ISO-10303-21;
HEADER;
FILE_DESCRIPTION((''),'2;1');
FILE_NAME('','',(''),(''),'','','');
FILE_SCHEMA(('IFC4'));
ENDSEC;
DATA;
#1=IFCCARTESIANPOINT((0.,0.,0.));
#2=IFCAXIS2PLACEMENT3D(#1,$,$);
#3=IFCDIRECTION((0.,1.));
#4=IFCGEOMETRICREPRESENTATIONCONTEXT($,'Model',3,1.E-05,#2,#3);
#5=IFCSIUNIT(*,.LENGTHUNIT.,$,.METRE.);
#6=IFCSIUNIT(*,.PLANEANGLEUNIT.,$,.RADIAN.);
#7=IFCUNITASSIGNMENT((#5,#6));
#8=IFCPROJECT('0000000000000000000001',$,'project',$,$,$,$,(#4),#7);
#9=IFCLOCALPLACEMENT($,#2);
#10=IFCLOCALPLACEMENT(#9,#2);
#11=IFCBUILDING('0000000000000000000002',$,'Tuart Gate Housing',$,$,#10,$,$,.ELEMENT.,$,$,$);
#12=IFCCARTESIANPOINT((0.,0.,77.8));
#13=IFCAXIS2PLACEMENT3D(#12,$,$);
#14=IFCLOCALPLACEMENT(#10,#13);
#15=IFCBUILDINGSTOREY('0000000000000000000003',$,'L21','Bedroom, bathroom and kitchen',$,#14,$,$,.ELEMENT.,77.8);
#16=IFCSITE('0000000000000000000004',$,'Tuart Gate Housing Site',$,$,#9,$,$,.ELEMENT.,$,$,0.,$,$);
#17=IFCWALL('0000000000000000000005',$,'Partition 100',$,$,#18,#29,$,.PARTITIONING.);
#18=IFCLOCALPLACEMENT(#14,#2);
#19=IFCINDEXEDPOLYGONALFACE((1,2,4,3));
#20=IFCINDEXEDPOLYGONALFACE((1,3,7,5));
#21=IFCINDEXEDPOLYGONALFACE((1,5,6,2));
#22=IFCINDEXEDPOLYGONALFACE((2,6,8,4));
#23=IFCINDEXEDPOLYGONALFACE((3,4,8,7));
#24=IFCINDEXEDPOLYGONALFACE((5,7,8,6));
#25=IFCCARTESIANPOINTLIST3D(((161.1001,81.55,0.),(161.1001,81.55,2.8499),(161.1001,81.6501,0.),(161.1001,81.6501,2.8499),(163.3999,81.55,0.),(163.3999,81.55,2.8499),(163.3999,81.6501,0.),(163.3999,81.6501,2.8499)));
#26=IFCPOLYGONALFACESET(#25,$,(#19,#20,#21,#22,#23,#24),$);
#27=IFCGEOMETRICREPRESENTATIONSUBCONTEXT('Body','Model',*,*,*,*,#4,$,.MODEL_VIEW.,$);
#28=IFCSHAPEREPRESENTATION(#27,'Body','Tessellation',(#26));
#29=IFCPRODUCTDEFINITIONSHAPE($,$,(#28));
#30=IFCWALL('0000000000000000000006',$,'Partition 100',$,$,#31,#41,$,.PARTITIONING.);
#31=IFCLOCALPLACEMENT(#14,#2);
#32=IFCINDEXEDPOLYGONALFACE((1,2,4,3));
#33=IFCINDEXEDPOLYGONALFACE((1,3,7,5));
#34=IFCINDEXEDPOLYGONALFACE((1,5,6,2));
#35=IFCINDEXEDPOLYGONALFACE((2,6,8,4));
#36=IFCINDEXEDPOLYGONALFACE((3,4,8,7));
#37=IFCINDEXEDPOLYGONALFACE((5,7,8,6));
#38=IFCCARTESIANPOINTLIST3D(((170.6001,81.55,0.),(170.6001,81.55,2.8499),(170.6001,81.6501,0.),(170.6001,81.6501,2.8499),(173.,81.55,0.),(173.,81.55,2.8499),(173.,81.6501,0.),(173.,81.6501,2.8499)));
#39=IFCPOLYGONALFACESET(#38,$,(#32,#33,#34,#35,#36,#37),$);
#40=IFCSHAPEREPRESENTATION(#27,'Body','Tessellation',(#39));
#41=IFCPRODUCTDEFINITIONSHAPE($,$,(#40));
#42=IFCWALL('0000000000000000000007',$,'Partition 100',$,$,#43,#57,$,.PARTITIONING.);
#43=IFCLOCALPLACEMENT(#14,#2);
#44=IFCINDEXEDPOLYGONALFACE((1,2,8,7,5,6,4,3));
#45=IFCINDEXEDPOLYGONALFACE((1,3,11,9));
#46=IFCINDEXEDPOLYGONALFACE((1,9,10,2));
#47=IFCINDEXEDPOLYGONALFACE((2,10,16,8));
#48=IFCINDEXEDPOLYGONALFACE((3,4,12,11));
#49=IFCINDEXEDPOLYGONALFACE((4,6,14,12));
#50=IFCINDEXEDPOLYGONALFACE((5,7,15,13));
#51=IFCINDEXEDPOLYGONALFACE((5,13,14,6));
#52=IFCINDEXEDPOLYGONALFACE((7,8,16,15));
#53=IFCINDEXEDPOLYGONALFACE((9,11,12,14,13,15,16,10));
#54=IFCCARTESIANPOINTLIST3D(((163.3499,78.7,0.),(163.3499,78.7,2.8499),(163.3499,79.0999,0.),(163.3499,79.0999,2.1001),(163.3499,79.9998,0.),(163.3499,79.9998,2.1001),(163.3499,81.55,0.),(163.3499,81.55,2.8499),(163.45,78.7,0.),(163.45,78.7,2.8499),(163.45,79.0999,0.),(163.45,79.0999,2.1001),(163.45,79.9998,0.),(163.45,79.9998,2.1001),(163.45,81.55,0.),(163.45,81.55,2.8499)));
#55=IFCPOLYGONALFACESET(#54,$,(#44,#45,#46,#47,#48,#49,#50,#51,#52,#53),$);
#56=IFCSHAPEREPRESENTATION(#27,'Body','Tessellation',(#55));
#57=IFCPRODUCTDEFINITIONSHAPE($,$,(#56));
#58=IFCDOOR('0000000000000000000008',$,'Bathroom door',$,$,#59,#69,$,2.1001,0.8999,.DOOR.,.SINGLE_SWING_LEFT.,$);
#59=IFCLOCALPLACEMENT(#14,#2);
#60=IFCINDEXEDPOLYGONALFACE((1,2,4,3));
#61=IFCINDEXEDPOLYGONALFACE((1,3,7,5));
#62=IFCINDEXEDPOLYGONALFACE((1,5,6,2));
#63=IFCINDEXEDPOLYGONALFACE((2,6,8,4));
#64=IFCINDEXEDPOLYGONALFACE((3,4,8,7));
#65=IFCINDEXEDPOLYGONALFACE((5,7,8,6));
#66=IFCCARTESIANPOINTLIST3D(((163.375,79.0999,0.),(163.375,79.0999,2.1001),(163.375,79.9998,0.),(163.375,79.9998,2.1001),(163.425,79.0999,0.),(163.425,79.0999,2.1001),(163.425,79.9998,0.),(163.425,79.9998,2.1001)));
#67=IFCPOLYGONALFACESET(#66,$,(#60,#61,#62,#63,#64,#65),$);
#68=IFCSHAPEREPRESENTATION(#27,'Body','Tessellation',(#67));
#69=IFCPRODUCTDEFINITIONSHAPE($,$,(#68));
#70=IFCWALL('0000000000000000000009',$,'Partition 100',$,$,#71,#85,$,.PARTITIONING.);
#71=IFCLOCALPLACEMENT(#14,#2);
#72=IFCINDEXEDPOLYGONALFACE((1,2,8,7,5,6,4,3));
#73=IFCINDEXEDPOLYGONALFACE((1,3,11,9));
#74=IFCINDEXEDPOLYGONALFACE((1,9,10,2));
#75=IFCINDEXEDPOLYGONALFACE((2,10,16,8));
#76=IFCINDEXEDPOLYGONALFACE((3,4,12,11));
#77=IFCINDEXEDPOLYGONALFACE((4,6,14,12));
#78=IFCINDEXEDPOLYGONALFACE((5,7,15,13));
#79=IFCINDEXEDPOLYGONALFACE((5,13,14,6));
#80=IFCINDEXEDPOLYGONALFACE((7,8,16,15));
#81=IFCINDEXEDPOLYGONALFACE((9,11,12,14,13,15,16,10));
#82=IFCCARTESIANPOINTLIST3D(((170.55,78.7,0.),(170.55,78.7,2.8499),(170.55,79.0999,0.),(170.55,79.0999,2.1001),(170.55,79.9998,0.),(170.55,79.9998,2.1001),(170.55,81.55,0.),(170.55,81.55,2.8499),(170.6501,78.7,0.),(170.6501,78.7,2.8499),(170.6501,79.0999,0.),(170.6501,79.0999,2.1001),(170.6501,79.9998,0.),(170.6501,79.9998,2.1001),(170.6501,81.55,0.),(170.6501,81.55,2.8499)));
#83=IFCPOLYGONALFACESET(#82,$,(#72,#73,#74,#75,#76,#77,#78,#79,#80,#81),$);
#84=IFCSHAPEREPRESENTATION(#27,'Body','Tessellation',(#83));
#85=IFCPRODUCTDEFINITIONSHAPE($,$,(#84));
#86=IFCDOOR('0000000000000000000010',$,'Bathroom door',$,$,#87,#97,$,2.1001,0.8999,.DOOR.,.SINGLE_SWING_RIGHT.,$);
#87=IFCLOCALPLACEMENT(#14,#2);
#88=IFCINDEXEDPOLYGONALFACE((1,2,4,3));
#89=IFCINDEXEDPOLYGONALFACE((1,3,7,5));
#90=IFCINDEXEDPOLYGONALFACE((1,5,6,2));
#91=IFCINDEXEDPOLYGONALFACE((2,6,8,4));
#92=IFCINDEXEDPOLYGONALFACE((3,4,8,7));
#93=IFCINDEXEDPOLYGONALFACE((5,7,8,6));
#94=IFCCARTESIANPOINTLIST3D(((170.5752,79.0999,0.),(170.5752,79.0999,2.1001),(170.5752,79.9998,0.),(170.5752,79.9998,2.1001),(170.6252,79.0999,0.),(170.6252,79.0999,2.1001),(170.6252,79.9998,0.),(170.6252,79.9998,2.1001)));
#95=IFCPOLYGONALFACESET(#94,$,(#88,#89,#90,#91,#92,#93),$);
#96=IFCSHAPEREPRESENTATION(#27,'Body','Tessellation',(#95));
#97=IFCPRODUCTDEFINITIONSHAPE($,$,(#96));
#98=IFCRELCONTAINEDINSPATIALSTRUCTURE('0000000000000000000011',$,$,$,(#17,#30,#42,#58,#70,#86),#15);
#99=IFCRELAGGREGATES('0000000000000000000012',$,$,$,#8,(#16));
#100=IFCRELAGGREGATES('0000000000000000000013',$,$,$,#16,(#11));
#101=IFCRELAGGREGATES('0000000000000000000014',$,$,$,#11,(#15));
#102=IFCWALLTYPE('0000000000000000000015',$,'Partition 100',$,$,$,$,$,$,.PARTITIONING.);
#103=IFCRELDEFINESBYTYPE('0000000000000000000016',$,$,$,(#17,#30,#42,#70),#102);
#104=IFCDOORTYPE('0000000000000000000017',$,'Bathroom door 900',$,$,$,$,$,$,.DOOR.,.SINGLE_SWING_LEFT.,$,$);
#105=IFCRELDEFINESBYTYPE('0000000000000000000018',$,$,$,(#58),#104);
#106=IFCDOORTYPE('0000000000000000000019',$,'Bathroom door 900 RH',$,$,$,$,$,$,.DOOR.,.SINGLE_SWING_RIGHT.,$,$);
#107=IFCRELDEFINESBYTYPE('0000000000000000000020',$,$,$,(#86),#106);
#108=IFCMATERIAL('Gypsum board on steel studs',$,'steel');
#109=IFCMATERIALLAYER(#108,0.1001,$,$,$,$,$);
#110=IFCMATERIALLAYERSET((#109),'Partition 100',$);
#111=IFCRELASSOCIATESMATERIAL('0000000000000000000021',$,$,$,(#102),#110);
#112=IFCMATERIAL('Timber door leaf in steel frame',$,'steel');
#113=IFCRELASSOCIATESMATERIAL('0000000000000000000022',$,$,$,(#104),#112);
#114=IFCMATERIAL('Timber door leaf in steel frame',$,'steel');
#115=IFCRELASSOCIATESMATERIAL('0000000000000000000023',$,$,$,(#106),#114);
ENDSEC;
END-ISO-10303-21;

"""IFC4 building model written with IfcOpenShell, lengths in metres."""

from ifc_helpers import new_model, si_unit, direction, frame, frame_2d, origin, place, context, subcontext, project, spatial, rectangle, extrude, material, layer, layer_set, type_object, element, fill, save


model = new_model("IFC4")

# Units and contexts
model_context = context("Model", 3, precision=1e-05, world=origin(), true_north=direction((0.0, 1.0)))
body_context = subcontext(model_context, "Body", "Model", "MODEL_VIEW")
ifc_project = project(units=[si_unit("LENGTHUNIT", "METRE"), si_unit("PLANEANGLEUNIT", "RADIAN")], contexts=[model_context])

# Site, building, storey
site_placement = place(None, origin())
site = spatial("IfcSite", under=ifc_project, at=site_placement, Name="Tuart Gate Housing Site", CompositionType="ELEMENT", RefElevation=0.0)
building_placement = place(site_placement, origin())
building = spatial("IfcBuilding", under=site, at=building_placement, Name="Tuart Gate Housing", CompositionType="ELEMENT")
storey_placement = place(building_placement, frame((0.0, 0.0, 77.8)))
storey = spatial("IfcBuildingStorey", under=building, at=storey_placement, Name="L21", Description="Bedroom, bathroom and kitchen", CompositionType="ELEMENT", Elevation=77.8)

# Walls
ifc_material_1 = material(Name="Gypsum board on steel studs", Category="steel")
ifc_layer = layer(ifc_material_1, 0.1001)
ifc_layer_set = layer_set([ifc_layer], Name="Partition 100")
wall_type = type_object("IfcWallType", Name="Partition 100", PredefinedType="PARTITIONING", material=ifc_layer_set)
wall_1_placement = place(storey_placement, frame((161.1001, 81.6001, 0.0), z_axis=(0.0, 0.0, 1.0), x_axis=(1.0, 0.0, 0.0)))
element("IfcWall", 1, at=wall_1_placement, inside=storey, type_object=wall_type, Name="Partition 100", PredefinedType="PARTITIONING", context=body_context, shape_type="SweptSolid", body=[
    extrude(rectangle(XDim=2.2998, YDim=0.1001, at=frame_2d((1.1499, 0.0))), origin(), (0.0, 0.0, 1.0), 2.8499),
])
wall_2_placement = place(storey_placement, frame((170.6001, 81.6001, 0.0), z_axis=(0.0, 0.0, 1.0), x_axis=(1.0, 0.0, 0.0)))
element("IfcWall", 2, at=wall_2_placement, inside=storey, type_object=wall_type, Name="Partition 100", PredefinedType="PARTITIONING", context=body_context, shape_type="SweptSolid", body=[
    extrude(rectangle(XDim=2.3999, YDim=0.1001, at=frame_2d((1.2, 0.0))), origin(), (0.0, 0.0, 1.0), 2.8499),
])

# Walls, openings, doors
wall_3_placement = place(storey_placement, frame((163.3999, 78.7, 0.0), z_axis=(0.0, 0.0, 1.0), x_axis=(0.0, 1.0, 0.0)))
wall_3 = element("IfcWall", 3, at=wall_3_placement, inside=storey, type_object=wall_type, Name="Partition 100", PredefinedType="PARTITIONING", context=body_context, shape_type="SweptSolid", body=[
    extrude(rectangle(XDim=2.8501, YDim=0.1001, at=frame_2d((1.425, 0.0))), origin(), (0.0, 0.0, 1.0), 2.8499),
])
opening_1_placement = place(wall_3_placement, frame((0.3999, 0.0, 0.0)))
opening_1 = element("IfcOpeningElement", 4, at=opening_1_placement, cuts=wall_3, PredefinedType="OPENING", context=body_context, shape_type="SweptSolid", body=[
    extrude(rectangle(XDim=0.8999, YDim=2.1001, at=frame_2d((0.45, 1.05))), frame((0.0, 0.0601, 0.0), z_axis=(0.0, -1.0, 0.0), x_axis=(1.0, 0.0, 0.0)), (0.0, 0.0, 1.0), 0.1201),
])
ifc_material_2 = material(Name="Timber door leaf in steel frame", Category="steel")
door_type_1 = type_object("IfcDoorType", Name="Bathroom door 900", OperationType="SINGLE_SWING_LEFT", PredefinedType="DOOR", material=ifc_material_2)
door_1_placement = place(opening_1_placement, origin())
door_1 = element("IfcDoor", 5, at=door_1_placement, inside=storey, type_object=door_type_1, Name="Bathroom door", OperationType="SINGLE_SWING_LEFT", OverallHeight=2.1001, OverallWidth=0.8999, PredefinedType="DOOR", context=body_context, shape_type="SweptSolid", body=[
    extrude(rectangle(XDim=0.8999, YDim=2.1001, at=frame_2d((0.45, 1.05))), frame((0.0, 0.0249, 0.0), z_axis=(0.0, -1.0, 0.0), x_axis=(1.0, 0.0, 0.0)), (0.0, 0.0, 1.0), 0.05),
])
fill(opening_1, door_1)
wall_4_placement = place(storey_placement, frame((170.6001, 78.7, 0.0), z_axis=(0.0, 0.0, 1.0), x_axis=(0.0, 1.0, 0.0)))
wall_4 = element("IfcWall", 6, at=wall_4_placement, inside=storey, type_object=wall_type, Name="Partition 100", PredefinedType="PARTITIONING", context=body_context, shape_type="SweptSolid", body=[
    extrude(rectangle(XDim=2.8501, YDim=0.1001, at=frame_2d((1.425, 0.0))), origin(), (0.0, 0.0, 1.0), 2.8499),
])
opening_2_placement = place(wall_4_placement, frame((0.3999, 0.0, 0.0)))
opening_2 = element("IfcOpeningElement", 7, at=opening_2_placement, cuts=wall_4, PredefinedType="OPENING", context=body_context, shape_type="SweptSolid", body=[
    extrude(rectangle(XDim=0.8999, YDim=2.1001, at=frame_2d((0.45, 1.05))), frame((0.0, 0.0601, 0.0), z_axis=(0.0, -1.0, 0.0), x_axis=(1.0, 0.0, 0.0)), (0.0, 0.0, 1.0), 0.1201),
])
ifc_material_3 = material(Name="Timber door leaf in steel frame", Category="steel")
door_type_2 = type_object("IfcDoorType", Name="Bathroom door 900 RH", OperationType="SINGLE_SWING_RIGHT", PredefinedType="DOOR", material=ifc_material_3)
door_2_placement = place(opening_2_placement, frame((0.8999, 0.0, 0.0), z_axis=(0.0, 0.0, 1.0), x_axis=(-1.0, 0.0, 0.0)))
door_2 = element("IfcDoor", 8, at=door_2_placement, inside=storey, type_object=door_type_2, Name="Bathroom door", OperationType="SINGLE_SWING_RIGHT", OverallHeight=2.1001, OverallWidth=0.8999, PredefinedType="DOOR", context=body_context, shape_type="SweptSolid", body=[
    extrude(rectangle(XDim=0.8999, YDim=2.1001, at=frame_2d((0.45, 1.05))), frame((0.0, 0.0251, 0.0), z_axis=(0.0, -1.0, 0.0), x_axis=(1.0, 0.0, 0.0)), (0.0, 0.0, 1.0), 0.05),
])
fill(opening_2, door_2)

save(model, "model.ifc")
